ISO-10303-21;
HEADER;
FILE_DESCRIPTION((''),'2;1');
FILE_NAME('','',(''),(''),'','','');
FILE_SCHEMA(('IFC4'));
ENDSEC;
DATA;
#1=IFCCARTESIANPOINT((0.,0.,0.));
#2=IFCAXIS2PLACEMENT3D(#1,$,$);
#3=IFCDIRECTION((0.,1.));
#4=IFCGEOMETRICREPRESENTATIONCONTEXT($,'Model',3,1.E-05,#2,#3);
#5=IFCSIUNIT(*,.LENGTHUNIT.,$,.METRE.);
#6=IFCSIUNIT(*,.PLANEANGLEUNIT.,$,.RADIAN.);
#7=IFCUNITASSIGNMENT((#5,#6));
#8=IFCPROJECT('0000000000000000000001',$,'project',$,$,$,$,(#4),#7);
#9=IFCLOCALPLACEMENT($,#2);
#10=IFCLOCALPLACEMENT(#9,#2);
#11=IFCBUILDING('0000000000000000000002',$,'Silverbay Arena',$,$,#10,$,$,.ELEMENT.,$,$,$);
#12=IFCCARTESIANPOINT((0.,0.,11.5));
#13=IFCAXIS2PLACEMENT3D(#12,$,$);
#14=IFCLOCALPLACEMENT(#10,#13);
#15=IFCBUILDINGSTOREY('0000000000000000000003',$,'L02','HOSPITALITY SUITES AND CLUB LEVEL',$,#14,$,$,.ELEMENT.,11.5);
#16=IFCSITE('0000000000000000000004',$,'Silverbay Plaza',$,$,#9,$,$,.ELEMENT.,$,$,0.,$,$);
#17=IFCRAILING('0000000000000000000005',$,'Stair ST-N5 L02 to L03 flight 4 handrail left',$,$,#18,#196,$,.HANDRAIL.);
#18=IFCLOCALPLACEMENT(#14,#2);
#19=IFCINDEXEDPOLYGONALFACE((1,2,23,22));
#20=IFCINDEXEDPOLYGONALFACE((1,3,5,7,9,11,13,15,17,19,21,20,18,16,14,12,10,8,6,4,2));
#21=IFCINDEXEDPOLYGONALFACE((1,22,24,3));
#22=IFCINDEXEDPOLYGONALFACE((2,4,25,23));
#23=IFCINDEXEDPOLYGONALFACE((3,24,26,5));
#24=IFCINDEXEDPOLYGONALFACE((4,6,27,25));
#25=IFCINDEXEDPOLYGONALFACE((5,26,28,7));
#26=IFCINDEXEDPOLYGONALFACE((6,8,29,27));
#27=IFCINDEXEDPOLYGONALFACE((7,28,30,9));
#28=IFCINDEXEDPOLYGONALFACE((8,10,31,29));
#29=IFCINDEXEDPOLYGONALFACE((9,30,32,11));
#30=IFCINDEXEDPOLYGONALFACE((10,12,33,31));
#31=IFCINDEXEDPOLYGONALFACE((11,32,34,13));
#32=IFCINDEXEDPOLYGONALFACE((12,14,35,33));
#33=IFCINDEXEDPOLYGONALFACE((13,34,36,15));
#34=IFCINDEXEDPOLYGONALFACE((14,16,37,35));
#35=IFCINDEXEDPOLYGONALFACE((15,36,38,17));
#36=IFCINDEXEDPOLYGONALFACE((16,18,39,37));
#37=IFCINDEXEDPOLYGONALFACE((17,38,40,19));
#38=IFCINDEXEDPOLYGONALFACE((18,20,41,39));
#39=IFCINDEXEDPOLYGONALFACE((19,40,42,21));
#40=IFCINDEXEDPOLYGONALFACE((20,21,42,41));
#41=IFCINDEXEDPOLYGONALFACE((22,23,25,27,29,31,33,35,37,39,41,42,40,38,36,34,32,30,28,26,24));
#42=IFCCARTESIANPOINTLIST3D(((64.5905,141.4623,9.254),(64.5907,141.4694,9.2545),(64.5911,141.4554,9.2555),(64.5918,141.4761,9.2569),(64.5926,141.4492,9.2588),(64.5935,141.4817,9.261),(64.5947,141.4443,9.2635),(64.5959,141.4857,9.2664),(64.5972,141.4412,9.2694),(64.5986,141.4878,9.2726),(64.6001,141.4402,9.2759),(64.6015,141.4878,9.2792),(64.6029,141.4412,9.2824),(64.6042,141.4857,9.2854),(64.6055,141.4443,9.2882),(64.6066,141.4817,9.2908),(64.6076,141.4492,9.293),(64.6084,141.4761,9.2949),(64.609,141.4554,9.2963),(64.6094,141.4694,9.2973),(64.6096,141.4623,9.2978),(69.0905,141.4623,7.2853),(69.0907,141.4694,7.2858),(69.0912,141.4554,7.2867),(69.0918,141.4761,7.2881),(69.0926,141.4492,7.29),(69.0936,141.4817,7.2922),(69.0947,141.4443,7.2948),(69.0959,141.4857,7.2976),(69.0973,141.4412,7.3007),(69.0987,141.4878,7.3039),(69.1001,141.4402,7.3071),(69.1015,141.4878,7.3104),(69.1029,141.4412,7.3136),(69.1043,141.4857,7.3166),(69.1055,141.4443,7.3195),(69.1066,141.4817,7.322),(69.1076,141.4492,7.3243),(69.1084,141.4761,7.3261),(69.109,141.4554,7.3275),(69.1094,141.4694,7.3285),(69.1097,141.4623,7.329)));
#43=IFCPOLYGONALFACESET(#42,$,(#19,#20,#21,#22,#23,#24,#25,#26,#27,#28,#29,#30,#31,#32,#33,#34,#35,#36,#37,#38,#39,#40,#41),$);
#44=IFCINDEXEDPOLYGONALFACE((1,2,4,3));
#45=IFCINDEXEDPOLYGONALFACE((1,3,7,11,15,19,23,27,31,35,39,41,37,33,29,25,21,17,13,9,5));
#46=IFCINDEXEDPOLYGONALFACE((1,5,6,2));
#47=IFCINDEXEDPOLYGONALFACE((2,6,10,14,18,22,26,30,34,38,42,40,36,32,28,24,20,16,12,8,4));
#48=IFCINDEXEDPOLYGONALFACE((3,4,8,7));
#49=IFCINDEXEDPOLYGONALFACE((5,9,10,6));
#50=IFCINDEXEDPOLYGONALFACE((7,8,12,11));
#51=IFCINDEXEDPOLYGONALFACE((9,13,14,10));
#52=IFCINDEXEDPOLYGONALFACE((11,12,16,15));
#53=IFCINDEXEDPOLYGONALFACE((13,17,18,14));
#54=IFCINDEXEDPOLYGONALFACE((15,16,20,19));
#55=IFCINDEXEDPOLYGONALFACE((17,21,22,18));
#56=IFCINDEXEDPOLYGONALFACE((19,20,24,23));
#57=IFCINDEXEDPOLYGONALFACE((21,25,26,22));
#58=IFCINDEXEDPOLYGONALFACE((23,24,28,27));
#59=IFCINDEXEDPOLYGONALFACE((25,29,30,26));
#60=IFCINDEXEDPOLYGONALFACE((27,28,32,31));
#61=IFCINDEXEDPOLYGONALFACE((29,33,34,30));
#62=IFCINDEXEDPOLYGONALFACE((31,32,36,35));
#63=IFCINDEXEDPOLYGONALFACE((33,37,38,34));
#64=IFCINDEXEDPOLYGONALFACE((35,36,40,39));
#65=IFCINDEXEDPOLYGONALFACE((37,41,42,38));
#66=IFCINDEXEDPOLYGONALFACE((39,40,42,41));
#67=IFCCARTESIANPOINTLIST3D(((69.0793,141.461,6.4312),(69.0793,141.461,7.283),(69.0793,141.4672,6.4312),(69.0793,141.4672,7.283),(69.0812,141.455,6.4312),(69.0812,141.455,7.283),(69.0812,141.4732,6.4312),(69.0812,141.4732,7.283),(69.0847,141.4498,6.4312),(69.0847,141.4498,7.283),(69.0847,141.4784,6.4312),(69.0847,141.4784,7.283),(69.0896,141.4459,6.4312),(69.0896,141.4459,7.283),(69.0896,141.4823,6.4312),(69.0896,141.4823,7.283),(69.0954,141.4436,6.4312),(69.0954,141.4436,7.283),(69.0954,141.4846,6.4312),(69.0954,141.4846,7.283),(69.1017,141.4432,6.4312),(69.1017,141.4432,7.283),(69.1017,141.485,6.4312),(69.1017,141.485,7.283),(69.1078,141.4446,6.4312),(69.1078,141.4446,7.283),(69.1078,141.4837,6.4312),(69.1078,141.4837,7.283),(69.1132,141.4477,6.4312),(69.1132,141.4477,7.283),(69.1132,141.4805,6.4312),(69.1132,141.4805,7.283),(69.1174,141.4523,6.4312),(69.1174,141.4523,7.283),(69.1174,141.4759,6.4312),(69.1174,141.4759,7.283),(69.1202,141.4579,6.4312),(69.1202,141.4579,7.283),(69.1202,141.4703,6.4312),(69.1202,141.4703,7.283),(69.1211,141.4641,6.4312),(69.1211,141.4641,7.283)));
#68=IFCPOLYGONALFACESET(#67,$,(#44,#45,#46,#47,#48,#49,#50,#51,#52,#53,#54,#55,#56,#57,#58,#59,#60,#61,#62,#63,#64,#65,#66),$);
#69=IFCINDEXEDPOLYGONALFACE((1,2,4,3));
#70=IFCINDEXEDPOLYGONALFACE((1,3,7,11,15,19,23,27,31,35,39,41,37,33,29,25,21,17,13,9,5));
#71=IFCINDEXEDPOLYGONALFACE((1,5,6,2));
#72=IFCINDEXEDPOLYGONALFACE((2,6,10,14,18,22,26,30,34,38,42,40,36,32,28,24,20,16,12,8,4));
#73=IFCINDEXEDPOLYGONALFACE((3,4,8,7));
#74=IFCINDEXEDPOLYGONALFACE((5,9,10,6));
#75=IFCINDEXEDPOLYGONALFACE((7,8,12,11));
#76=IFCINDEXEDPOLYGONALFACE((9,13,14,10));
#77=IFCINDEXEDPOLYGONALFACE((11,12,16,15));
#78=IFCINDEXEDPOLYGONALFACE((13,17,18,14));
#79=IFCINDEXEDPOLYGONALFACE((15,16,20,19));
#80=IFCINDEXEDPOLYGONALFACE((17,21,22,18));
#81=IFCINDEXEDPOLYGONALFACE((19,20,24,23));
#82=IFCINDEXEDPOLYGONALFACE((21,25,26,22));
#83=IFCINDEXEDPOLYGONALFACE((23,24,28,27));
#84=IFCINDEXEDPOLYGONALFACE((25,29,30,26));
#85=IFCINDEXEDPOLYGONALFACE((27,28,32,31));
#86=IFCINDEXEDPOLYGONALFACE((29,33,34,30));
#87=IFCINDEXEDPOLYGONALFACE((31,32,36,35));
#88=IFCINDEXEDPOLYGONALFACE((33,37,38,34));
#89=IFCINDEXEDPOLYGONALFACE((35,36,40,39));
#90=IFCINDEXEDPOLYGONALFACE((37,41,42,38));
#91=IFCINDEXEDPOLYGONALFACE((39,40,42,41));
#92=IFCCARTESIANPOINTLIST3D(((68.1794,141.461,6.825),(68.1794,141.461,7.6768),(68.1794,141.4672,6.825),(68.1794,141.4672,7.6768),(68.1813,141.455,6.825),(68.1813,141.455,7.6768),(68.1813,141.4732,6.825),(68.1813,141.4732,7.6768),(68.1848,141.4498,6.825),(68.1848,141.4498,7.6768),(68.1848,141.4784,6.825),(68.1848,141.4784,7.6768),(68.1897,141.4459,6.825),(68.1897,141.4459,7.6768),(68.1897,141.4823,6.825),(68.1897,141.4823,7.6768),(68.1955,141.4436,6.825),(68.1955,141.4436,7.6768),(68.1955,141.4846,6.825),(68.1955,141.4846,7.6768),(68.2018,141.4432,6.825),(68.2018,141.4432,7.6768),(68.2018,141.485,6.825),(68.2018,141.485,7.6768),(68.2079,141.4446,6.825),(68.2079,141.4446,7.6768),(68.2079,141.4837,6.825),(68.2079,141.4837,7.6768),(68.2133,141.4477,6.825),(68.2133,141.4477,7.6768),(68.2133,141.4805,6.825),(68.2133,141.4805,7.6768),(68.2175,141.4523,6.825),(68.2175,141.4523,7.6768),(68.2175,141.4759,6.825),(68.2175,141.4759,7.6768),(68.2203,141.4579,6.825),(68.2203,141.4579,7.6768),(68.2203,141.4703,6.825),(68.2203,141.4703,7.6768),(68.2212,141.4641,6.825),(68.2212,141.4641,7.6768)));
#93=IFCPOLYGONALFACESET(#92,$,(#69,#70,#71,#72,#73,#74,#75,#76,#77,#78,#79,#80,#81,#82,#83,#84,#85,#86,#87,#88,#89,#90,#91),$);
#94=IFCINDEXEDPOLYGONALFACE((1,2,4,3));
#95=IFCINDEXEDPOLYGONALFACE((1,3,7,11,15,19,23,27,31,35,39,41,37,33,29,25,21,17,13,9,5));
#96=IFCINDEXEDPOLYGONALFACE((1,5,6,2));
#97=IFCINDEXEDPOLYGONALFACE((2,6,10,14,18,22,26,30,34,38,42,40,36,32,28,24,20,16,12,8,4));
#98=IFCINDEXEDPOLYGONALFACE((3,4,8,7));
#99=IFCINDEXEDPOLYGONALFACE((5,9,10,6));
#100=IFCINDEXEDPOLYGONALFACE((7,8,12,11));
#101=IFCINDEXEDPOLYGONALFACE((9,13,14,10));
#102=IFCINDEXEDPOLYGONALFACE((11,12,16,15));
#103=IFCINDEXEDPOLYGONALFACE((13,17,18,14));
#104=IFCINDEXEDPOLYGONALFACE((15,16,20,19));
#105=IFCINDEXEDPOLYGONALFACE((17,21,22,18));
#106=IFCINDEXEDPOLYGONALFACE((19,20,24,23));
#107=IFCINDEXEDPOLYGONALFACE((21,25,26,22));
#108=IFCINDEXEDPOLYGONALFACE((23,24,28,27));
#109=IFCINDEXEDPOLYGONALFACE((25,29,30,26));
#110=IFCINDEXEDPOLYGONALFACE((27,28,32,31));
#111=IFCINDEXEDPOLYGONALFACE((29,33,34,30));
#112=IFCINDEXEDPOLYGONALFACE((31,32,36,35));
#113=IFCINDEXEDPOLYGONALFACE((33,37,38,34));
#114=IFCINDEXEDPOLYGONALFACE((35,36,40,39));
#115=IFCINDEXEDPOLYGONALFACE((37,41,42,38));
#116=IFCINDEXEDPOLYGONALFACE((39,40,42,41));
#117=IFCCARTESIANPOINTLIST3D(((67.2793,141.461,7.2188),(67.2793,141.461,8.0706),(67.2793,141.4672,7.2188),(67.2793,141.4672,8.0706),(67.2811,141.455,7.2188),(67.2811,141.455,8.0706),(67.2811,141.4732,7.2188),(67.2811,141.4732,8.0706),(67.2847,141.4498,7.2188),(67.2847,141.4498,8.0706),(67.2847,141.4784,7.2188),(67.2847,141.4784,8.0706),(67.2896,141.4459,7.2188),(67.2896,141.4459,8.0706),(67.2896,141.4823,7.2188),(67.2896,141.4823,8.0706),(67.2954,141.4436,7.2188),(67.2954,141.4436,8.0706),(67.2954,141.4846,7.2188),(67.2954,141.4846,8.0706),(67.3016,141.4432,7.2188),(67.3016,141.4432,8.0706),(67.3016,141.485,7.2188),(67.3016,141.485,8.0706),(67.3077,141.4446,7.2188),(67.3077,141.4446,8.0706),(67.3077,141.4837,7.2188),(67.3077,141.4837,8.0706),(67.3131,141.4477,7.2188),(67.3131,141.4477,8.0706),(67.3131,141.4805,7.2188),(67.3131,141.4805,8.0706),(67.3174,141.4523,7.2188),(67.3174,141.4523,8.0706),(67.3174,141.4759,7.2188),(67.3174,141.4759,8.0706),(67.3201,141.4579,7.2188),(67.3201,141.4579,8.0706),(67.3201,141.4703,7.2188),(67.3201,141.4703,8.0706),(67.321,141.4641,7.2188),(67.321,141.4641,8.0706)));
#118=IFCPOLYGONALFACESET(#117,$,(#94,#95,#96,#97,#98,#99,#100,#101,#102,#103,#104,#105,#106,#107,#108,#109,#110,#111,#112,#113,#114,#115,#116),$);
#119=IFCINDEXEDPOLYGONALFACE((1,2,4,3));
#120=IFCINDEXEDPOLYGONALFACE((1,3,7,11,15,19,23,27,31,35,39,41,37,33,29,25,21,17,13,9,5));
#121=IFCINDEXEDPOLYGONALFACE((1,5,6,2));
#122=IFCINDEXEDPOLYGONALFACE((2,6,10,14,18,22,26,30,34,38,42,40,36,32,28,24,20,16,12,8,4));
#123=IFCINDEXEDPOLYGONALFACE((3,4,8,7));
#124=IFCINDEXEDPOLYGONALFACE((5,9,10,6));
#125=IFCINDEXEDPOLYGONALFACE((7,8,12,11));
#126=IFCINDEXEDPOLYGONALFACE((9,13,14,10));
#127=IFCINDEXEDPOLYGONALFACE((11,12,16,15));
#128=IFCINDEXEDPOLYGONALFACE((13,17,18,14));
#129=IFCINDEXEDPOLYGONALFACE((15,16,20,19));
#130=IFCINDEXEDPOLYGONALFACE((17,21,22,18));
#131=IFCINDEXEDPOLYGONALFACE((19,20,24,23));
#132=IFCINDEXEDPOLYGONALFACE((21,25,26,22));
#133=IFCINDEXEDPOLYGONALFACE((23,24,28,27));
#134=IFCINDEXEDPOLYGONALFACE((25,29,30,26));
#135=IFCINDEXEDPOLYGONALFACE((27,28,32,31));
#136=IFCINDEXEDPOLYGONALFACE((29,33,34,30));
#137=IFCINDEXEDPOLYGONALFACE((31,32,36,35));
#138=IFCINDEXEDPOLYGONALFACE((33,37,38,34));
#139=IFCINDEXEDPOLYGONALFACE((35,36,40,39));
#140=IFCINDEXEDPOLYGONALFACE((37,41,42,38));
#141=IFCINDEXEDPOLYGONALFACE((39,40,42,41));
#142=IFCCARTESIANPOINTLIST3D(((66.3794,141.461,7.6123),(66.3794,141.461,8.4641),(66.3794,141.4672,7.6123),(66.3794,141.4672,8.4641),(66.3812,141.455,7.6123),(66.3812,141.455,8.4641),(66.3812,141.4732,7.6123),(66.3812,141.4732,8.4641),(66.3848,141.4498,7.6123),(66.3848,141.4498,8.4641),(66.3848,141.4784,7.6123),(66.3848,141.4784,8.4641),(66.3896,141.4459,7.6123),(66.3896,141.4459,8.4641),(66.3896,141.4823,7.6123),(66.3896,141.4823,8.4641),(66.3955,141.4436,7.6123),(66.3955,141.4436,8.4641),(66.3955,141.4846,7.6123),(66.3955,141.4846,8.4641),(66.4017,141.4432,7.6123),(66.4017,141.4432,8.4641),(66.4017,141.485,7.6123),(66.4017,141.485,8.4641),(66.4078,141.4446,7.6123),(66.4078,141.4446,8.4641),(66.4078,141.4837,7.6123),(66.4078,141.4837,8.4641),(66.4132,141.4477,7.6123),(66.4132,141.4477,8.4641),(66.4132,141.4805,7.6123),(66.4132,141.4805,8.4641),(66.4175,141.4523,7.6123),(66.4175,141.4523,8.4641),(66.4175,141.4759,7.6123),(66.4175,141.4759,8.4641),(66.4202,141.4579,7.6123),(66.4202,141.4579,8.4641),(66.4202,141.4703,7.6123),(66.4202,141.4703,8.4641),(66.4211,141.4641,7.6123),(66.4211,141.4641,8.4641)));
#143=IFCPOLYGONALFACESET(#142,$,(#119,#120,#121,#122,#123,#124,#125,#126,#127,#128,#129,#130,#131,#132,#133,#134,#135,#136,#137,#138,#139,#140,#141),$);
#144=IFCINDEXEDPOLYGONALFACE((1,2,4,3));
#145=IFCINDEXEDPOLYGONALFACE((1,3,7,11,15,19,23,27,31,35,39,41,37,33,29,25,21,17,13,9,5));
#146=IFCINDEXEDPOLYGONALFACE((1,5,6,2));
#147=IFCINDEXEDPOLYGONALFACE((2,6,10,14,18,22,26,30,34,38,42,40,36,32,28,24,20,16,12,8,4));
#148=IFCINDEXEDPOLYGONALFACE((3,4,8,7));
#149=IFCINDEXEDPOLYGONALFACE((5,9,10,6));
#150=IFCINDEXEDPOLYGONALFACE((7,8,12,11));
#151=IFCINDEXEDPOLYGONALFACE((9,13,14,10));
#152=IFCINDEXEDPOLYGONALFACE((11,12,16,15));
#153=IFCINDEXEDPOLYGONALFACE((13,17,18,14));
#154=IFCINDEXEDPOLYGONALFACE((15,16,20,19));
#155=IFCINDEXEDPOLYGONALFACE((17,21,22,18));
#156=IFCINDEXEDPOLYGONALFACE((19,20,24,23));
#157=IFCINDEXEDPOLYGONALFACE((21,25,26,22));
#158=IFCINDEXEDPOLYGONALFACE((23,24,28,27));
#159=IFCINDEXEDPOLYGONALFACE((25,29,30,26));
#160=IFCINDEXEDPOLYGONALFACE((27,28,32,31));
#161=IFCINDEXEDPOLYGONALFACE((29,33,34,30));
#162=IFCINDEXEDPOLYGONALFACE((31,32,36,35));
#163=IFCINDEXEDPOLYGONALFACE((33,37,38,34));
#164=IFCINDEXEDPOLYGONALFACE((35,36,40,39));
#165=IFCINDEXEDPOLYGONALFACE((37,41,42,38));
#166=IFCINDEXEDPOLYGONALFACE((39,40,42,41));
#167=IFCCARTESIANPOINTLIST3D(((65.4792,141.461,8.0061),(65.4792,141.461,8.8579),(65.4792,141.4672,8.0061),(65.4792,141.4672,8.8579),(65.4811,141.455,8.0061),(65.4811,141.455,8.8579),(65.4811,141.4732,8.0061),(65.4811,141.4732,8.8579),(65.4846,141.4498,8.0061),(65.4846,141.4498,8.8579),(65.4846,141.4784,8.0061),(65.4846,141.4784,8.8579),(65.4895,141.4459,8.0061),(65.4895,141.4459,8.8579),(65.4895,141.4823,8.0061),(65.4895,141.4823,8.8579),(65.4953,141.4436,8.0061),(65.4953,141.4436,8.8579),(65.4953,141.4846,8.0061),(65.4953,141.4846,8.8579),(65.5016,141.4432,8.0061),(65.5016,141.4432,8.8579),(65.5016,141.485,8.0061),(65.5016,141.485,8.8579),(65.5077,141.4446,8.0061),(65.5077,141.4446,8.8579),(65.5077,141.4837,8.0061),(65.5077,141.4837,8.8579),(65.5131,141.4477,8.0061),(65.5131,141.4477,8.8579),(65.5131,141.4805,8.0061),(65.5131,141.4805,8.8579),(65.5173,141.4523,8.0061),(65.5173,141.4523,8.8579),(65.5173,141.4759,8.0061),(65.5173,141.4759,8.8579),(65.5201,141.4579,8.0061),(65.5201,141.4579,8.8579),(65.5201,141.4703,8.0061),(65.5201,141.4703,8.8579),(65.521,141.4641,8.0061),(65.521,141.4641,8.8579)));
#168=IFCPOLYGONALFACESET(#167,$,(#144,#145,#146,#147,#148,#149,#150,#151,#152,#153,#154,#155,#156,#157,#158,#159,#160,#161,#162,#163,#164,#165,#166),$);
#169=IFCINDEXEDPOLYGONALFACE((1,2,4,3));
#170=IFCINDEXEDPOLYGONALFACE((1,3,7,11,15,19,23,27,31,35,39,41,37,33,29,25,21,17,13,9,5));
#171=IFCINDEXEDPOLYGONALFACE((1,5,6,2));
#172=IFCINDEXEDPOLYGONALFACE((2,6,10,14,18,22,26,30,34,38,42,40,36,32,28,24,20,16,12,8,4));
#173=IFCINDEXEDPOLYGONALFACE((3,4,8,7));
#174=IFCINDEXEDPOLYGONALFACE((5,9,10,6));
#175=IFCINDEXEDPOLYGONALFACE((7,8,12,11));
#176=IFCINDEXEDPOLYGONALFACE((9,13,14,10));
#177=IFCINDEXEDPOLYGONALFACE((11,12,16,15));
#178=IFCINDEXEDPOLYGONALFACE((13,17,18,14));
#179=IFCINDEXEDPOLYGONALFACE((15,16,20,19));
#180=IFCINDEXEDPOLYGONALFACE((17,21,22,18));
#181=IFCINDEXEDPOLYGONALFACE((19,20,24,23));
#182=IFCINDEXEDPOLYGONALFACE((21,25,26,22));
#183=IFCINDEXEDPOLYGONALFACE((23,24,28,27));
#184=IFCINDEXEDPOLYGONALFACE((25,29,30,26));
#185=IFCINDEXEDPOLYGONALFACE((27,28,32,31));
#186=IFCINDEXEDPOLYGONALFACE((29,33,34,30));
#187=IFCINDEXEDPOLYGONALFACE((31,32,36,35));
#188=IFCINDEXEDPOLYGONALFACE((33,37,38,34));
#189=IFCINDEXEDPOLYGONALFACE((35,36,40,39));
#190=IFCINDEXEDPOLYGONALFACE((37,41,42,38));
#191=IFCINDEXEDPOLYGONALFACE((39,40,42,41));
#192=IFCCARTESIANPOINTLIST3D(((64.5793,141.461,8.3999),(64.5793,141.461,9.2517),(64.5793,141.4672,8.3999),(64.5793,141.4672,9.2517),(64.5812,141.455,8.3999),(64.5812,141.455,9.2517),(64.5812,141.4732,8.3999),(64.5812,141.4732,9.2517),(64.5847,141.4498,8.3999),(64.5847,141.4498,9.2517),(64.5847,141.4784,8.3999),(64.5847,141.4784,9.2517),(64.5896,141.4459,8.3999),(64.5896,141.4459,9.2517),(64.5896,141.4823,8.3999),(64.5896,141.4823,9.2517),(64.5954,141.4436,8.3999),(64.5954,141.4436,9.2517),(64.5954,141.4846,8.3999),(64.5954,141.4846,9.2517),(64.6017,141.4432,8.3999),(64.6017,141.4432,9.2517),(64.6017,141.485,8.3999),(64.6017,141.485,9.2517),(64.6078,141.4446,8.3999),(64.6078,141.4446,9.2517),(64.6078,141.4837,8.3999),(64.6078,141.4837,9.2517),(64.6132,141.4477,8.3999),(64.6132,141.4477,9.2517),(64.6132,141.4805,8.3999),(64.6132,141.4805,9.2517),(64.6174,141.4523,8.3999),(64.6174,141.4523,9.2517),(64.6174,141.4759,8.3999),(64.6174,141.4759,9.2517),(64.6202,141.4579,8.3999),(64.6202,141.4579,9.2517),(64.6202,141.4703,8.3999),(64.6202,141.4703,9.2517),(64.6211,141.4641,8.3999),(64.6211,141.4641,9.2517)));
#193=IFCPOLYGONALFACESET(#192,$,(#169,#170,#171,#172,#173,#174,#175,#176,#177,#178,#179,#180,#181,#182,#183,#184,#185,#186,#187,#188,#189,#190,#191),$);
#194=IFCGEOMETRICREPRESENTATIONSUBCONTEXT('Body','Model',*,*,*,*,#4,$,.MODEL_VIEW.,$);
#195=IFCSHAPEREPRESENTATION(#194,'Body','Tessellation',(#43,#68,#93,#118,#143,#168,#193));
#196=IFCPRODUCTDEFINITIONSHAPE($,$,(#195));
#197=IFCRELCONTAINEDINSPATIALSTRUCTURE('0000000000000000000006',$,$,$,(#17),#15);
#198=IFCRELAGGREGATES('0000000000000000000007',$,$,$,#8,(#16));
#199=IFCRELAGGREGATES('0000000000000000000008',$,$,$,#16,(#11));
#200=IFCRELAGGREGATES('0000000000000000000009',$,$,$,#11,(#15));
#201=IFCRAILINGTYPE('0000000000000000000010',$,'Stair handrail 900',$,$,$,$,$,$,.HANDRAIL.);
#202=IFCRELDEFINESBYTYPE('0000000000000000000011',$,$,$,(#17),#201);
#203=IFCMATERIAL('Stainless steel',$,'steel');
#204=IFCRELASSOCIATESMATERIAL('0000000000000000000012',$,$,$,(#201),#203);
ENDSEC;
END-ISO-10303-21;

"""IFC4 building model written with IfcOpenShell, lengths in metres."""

from ifc_helpers import new_model, si_unit, direction, frame, origin, origin_2d, place, context, subcontext, project, spatial, circle, extrude, material, type_object, element, save


model = new_model("IFC4")

# Units and contexts
model_context = context("Model", 3, precision=1e-05, world=origin(), true_north=direction((0.0, 1.0)))
body_context = subcontext(model_context, "Body", "Model", "MODEL_VIEW")
ifc_project = project(units=[si_unit("LENGTHUNIT", "METRE"), si_unit("PLANEANGLEUNIT", "RADIAN")], contexts=[model_context])

# Site, building, storey
site_placement = place(None, origin())
site = spatial("IfcSite", under=ifc_project, at=site_placement, Name="Silverbay Plaza", CompositionType="ELEMENT", RefElevation=0.0)
building_placement = place(site_placement, origin())
building = spatial("IfcBuilding", under=site, at=building_placement, Name="Silverbay Arena", CompositionType="ELEMENT")
storey_placement = place(building_placement, frame((0.0, 0.0, 11.5)))
storey = spatial("IfcBuildingStorey", under=building, at=storey_placement, Name="L02", Description="HOSPITALITY SUITES AND CLUB LEVEL", CompositionType="ELEMENT", Elevation=11.5)

# Railing
ifc_material_1 = material(Name="Stainless steel", Category="steel")
railing_type_1 = type_object("IfcRailingType", Name="Stair handrail 900", PredefinedType="HANDRAIL", material=ifc_material_1)
for number, where, name in (
    (1, (69.1001, 141.4641, 6.4312), "Stair ST-N5 L02 to L03 flight 4 handrail left"),
):
    element("IfcRailing", number, at=place(storey_placement, frame(where)), inside=storey, type_object=railing_type_1, Name=name, PredefinedType="HANDRAIL", context=body_context, shape_type="SweptSolid", body=[
        extrude(circle(Radius=0.0239, at=origin_2d()), frame((0.0, 0.0, 0.876), z_axis=(-0.916157, 0.0, 0.400819), x_axis=(0.0, -1.0, 0.0)), (0.0, 0.0, 1.0), 4.9119),
        extrude(circle(Radius=0.021, at=origin_2d()), origin(), (0.0, 0.0, 1.0), 0.8518),
        extrude(circle(Radius=0.021, at=origin_2d()), frame((-0.8999, 0.0, 0.3938)), (0.0, 0.0, 1.0), 0.8518),
        extrude(circle(Radius=0.021, at=origin_2d()), frame((-1.8, 0.0, 0.7876)), (0.0, 0.0, 1.0), 0.8518),
        extrude(circle(Radius=0.021, at=origin_2d()), frame((-2.7, 0.0, 1.1812)), (0.0, 0.0, 1.0), 0.8518),
        extrude(circle(Radius=0.021, at=origin_2d()), frame((-3.6001, 0.0, 1.575)), (0.0, 0.0, 1.0), 0.8518),
        extrude(circle(Radius=0.021, at=origin_2d()), frame((-4.5, 0.0, 1.9688)), (0.0, 0.0, 1.0), 0.8518),
    ])

save(model, "model.ifc")
